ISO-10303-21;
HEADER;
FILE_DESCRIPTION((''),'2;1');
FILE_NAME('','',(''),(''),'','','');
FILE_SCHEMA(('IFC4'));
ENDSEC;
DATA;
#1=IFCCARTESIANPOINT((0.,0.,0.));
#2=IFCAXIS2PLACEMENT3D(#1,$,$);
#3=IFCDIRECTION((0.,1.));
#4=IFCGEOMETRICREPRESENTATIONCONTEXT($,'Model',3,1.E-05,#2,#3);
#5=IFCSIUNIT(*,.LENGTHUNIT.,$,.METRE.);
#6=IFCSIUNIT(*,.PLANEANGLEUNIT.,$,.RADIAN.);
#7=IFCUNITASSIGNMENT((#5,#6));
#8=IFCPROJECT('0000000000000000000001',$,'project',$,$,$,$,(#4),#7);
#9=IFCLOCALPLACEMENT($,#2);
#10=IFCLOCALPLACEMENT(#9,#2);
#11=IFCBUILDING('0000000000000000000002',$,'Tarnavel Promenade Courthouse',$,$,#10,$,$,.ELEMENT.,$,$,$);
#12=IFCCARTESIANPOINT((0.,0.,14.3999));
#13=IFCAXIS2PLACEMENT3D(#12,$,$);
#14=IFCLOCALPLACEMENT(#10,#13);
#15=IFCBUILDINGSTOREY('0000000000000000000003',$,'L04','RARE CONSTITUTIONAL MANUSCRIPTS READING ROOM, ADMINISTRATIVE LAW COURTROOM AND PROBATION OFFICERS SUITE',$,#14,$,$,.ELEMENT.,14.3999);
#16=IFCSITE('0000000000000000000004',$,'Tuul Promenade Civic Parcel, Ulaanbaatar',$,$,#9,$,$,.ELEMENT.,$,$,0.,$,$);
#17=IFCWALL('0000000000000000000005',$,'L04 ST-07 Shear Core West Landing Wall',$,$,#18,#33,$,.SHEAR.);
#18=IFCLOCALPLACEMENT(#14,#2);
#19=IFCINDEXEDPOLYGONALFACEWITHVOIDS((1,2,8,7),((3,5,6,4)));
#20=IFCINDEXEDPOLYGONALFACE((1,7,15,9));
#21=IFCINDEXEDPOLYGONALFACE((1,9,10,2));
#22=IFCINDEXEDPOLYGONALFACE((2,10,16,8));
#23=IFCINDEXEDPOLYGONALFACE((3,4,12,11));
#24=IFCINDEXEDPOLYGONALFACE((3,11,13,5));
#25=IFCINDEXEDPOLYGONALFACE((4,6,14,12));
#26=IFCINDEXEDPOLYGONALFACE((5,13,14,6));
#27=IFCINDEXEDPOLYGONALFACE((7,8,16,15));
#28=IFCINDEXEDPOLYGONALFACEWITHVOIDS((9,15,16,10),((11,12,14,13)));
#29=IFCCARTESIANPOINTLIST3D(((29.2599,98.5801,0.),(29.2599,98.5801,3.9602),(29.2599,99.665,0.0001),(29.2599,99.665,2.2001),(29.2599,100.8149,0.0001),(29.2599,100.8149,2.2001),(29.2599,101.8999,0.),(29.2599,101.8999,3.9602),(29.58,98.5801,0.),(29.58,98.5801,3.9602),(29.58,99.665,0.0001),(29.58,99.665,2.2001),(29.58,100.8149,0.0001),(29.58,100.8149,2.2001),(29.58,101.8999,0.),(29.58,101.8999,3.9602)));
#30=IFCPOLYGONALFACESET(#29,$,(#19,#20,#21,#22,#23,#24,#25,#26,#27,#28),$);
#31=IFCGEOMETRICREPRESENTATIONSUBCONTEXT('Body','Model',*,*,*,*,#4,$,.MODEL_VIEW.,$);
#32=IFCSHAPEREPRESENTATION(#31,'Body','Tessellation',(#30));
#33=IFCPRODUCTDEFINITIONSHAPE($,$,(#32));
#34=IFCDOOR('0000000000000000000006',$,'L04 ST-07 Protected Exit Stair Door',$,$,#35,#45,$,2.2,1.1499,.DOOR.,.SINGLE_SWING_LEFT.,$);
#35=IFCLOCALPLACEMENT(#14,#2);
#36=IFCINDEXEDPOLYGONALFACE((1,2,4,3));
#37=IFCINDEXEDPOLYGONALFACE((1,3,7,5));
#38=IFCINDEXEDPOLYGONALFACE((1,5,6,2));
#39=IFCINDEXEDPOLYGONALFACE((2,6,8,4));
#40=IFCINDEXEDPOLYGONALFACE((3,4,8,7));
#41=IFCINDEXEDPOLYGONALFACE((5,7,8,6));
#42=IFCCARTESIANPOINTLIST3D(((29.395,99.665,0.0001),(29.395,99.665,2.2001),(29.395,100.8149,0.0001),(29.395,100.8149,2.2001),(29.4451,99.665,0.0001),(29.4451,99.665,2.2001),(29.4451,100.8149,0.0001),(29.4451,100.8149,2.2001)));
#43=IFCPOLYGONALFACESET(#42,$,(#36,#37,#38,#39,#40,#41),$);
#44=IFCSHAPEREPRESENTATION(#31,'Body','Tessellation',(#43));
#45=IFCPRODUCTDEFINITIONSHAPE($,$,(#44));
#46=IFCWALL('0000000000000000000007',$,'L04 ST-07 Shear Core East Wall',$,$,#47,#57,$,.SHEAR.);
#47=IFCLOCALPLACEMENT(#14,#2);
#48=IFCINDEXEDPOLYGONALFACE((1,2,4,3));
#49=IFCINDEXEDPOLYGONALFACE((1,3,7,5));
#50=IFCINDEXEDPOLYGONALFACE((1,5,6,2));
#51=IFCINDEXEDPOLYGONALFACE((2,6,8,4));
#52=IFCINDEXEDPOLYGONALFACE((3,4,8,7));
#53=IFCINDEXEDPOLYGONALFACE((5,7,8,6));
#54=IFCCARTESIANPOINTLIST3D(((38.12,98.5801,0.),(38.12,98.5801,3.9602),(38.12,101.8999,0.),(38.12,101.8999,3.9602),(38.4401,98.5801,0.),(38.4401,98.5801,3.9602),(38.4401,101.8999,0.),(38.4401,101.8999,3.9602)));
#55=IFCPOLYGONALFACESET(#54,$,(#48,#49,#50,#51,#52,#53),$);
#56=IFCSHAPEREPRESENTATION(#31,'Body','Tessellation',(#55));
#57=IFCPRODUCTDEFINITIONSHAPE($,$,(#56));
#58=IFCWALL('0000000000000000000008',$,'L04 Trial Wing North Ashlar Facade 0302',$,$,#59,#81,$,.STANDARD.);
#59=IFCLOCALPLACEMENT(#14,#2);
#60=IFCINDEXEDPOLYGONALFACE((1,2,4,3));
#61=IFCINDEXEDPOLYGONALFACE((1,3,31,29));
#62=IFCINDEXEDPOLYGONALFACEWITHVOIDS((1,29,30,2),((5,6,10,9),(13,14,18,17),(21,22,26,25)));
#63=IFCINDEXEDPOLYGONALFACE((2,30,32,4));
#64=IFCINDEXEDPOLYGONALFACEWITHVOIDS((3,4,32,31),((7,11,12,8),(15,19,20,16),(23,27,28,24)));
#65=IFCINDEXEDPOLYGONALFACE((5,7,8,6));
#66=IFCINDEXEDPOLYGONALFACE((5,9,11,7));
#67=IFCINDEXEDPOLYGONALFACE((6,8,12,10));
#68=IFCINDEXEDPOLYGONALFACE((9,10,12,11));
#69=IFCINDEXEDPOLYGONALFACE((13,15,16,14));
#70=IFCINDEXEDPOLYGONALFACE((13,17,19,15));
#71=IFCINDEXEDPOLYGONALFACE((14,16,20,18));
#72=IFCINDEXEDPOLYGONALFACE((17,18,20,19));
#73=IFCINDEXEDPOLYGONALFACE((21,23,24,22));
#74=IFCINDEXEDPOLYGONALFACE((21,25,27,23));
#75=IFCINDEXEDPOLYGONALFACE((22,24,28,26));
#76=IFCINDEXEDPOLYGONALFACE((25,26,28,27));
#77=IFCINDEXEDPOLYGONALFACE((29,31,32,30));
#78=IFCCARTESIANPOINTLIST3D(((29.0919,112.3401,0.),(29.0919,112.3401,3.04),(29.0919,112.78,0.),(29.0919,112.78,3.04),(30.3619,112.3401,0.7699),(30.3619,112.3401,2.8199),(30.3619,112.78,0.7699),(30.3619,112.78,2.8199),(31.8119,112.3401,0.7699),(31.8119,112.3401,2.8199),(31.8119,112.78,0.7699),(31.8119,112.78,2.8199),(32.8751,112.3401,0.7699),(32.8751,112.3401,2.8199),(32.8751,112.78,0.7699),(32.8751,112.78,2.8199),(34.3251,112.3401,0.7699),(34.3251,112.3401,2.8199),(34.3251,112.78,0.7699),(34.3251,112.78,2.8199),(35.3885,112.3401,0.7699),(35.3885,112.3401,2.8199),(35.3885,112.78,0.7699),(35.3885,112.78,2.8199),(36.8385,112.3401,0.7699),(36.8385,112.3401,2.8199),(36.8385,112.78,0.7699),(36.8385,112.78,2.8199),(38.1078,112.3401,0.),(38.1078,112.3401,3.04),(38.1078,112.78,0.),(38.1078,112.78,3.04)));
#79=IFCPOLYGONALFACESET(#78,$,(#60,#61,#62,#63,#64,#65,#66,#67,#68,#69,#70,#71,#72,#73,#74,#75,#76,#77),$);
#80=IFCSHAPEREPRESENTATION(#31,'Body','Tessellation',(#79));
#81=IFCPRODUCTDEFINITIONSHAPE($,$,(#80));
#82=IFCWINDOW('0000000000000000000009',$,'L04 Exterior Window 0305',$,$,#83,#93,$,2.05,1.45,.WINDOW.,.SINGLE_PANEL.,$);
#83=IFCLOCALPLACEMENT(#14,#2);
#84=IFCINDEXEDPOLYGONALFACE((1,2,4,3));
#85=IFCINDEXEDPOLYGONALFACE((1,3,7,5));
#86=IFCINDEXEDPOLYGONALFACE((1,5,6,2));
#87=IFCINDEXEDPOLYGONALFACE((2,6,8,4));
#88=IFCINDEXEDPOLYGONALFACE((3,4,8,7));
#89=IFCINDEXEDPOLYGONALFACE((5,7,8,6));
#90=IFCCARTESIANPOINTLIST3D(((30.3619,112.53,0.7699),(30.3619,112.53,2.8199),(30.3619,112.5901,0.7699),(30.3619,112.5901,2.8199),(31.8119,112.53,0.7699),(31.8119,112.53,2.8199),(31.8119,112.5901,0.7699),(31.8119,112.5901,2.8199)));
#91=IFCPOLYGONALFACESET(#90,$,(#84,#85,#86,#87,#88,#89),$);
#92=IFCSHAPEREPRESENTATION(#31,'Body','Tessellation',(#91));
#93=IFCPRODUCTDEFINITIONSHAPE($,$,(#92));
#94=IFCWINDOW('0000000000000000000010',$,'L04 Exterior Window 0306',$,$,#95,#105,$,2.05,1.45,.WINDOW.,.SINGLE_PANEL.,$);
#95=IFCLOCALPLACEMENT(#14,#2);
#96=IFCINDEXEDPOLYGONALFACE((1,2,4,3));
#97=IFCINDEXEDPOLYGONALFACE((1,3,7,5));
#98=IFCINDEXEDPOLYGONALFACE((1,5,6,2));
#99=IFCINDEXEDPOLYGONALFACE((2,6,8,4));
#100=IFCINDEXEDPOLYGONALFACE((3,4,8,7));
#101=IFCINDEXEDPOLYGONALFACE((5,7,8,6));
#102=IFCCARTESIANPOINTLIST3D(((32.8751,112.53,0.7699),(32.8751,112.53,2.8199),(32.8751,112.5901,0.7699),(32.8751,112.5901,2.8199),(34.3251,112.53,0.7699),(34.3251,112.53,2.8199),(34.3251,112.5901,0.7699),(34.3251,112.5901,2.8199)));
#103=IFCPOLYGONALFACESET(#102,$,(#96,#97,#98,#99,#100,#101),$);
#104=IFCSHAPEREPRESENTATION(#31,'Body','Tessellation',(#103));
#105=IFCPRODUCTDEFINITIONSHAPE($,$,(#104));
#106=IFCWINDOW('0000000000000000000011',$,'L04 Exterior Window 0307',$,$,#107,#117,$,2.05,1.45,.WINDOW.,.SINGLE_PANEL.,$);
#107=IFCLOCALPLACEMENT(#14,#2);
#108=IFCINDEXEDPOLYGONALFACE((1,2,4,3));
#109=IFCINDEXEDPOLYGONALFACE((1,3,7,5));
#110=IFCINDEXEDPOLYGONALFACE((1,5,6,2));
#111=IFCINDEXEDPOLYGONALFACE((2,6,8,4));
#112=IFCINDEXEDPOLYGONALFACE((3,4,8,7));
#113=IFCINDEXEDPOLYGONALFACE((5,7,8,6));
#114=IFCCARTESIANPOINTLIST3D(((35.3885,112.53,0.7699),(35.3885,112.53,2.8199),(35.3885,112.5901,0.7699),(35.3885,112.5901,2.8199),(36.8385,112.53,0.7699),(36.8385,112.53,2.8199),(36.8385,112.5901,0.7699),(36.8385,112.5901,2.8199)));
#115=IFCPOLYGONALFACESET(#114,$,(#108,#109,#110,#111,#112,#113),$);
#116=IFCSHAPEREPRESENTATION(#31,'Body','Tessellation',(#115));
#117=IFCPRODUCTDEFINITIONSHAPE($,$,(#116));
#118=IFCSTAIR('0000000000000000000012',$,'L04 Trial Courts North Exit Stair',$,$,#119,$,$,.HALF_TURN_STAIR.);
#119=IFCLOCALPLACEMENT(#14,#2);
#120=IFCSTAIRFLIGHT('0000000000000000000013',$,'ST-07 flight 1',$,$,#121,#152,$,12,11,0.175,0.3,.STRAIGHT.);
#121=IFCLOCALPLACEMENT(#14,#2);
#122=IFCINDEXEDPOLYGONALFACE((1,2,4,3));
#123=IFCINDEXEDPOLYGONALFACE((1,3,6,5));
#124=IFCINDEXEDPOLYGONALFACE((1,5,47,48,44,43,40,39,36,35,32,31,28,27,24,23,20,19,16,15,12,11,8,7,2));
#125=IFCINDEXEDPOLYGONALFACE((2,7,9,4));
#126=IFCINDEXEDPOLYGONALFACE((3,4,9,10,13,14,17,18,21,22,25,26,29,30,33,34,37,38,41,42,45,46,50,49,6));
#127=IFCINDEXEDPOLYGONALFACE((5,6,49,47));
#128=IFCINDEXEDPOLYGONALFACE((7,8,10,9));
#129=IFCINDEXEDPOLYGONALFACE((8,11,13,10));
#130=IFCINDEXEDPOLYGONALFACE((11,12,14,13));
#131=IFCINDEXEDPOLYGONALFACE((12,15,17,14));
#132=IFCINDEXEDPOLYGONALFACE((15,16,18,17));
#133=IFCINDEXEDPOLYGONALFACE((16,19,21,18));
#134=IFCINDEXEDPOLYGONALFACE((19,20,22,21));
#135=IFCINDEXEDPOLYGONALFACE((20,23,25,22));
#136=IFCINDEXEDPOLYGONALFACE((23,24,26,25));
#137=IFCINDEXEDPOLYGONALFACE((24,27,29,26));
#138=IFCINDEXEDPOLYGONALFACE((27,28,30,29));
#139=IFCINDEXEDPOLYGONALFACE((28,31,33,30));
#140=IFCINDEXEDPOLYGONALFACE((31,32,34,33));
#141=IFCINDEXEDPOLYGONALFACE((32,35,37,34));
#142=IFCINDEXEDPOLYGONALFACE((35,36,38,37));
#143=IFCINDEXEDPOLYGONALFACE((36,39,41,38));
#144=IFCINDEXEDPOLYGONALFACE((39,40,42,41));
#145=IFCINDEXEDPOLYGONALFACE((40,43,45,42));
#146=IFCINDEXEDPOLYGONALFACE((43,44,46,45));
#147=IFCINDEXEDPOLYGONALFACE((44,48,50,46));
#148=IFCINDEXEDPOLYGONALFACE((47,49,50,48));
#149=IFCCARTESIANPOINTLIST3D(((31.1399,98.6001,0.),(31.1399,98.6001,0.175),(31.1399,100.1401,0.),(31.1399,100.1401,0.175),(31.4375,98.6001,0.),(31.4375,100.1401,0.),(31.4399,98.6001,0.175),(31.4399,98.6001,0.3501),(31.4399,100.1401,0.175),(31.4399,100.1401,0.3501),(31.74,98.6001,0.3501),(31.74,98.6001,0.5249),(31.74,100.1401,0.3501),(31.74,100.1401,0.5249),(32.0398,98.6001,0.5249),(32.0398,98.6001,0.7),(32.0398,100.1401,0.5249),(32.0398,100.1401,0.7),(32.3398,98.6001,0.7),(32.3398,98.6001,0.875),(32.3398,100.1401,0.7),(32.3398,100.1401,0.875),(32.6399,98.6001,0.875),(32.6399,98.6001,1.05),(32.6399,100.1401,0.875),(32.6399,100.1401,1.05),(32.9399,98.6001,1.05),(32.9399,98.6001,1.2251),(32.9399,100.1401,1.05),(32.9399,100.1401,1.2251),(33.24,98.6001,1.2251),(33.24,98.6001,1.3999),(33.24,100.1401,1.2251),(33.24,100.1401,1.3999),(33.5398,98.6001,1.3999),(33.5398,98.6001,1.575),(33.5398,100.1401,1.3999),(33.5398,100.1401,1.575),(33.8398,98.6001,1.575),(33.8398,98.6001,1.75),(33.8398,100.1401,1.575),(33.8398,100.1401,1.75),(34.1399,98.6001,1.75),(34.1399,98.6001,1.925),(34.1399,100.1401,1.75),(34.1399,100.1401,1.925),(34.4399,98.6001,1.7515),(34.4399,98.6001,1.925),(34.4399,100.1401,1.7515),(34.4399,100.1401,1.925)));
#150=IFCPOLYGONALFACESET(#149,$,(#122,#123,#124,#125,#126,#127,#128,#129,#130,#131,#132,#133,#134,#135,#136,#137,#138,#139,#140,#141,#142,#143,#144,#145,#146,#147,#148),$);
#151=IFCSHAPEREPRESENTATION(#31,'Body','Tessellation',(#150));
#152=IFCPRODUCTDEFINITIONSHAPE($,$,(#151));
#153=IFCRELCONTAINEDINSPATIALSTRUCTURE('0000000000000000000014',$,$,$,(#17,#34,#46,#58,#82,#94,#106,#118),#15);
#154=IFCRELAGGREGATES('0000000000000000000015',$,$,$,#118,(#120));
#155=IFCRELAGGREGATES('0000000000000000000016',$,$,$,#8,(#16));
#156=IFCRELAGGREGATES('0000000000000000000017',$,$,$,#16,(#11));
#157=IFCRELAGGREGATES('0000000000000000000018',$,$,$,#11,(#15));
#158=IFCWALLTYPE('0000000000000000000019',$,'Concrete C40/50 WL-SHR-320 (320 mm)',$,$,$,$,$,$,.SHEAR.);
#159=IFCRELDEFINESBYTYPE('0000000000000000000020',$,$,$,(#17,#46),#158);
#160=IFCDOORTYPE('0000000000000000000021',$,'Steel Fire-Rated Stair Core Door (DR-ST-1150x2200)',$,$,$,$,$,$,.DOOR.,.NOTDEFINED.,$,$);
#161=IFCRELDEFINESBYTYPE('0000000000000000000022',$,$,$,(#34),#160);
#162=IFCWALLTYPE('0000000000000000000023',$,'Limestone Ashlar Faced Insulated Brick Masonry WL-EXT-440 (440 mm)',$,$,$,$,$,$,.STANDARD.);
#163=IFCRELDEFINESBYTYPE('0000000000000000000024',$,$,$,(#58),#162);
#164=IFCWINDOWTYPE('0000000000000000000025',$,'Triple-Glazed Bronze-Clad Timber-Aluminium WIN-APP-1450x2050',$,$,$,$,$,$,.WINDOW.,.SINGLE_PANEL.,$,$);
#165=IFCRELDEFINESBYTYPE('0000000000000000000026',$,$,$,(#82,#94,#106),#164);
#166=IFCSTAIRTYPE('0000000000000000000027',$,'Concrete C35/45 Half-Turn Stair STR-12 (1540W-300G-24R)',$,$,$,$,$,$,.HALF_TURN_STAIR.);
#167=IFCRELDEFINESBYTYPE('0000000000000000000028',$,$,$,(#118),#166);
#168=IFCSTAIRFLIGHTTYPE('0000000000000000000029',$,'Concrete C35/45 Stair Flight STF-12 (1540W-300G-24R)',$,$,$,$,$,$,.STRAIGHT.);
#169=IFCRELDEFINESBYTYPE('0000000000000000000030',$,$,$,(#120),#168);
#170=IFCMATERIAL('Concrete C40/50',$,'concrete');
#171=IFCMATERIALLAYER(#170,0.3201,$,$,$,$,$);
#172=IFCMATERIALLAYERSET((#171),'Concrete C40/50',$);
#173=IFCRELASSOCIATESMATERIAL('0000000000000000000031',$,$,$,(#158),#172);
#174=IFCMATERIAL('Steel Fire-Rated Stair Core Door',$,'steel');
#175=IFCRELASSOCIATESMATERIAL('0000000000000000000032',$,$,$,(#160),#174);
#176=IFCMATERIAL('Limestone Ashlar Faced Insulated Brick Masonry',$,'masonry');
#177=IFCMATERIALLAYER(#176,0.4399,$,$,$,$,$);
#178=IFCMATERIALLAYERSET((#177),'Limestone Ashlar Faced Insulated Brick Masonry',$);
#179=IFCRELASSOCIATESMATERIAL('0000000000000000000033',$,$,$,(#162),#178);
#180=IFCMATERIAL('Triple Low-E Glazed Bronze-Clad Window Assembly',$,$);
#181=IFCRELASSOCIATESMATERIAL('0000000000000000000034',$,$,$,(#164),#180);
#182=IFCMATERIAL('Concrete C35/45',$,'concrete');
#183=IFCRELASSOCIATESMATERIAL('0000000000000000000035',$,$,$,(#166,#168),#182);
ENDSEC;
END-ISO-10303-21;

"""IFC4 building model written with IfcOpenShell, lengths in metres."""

from ifc_helpers import new_model, si_unit, direction, frame, frame_2d, origin, place, context, subcontext, project, spatial, polyline, rectangle, outline, extrude, material, layer, layer_set, type_object, element, fill, aggregate, save


model = new_model("IFC4")

# Units and contexts
model_context = context("Model", 3, precision=1e-05, world=origin(), true_north=direction((0.0, 1.0)))
body_context = subcontext(model_context, "Body", "Model", "MODEL_VIEW")
ifc_project = project(units=[si_unit("LENGTHUNIT", "METRE"), si_unit("PLANEANGLEUNIT", "RADIAN")], contexts=[model_context])

# Site, building, storey
site_placement = place(None, origin())
site = spatial("IfcSite", under=ifc_project, at=site_placement, Name="Tuul Promenade Civic Parcel, Ulaanbaatar", CompositionType="ELEMENT", RefElevation=0.0)
building_placement = place(site_placement, origin())
building = spatial("IfcBuilding", under=site, at=building_placement, Name="Tarnavel Promenade Courthouse", CompositionType="ELEMENT")
storey_placement = place(building_placement, frame((0.0, 0.0, 14.3999)))
storey = spatial("IfcBuildingStorey", under=building, at=storey_placement, Name="L04", Description="RARE CONSTITUTIONAL MANUSCRIPTS READING ROOM, ADMINISTRATIVE LAW COURTROOM AND PROBATION OFFICERS SUITE", CompositionType="ELEMENT", Elevation=14.3999)

# Shared definitions
ifc_material_1 = material(Name="Concrete C40/50", Category="concrete")

# Shared definitions
ifc_layer_1 = layer(ifc_material_1, 0.3201)
ifc_layer_set_1 = layer_set([ifc_layer_1], Name="Concrete C40/50")
wall_type_1 = type_object("IfcWallType", Name="Concrete C40/50 WL-SHR-320 (320 mm)", PredefinedType="SHEAR", material=ifc_layer_set_1)

# Wall, opening, door
wall_1_placement = place(storey_placement, frame((29.4199, 98.5801, 0.0), z_axis=(0.0, 0.0, 1.0), x_axis=(0.0, 1.0, 0.0)))
wall_1 = element("IfcWall", 1, at=wall_1_placement, inside=storey, type_object=wall_type_1, Name="L04 ST-07 Shear Core West Landing Wall", PredefinedType="SHEAR", context=body_context, shape_type="SweptSolid", body=[
    extrude(rectangle(XDim=3.3198, YDim=0.3201, at=frame_2d((1.6599, 0.0))), origin(), (0.0, 0.0, 1.0), 3.9602),
])
opening_1_placement = place(wall_1_placement, frame((1.085, 0.0, 0.0)))
opening_1 = element("IfcOpeningElement", 2, at=opening_1_placement, cuts=wall_1, PredefinedType="OPENING", context=body_context, shape_type="SweptSolid", body=[
    extrude(rectangle(XDim=1.1499, YDim=2.2, at=frame_2d((0.575, 1.1001))), frame((0.0, 0.1699, 0.0), z_axis=(0.0, -1.0, 0.0), x_axis=(1.0, 0.0, 0.0)), (0.0, 0.0, 1.0), 0.3401),
])
ifc_material_2 = material(Name="Steel Fire-Rated Stair Core Door", Category="steel")
door_type_1 = type_object("IfcDoorType", Name="Steel Fire-Rated Stair Core Door (DR-ST-1150x2200)", OperationType="NOTDEFINED", PredefinedType="DOOR", material=ifc_material_2)
door_1_placement = place(opening_1_placement, origin())
door_1 = element("IfcDoor", 3, at=door_1_placement, inside=storey, type_object=door_type_1, Name="L04 ST-07 Protected Exit Stair Door", OperationType="SINGLE_SWING_LEFT", OverallHeight=2.2, OverallWidth=1.1499, PredefinedType="DOOR", context=body_context, shape_type="SweptSolid", body=[
    extrude(rectangle(XDim=1.1499, YDim=2.2, at=frame_2d((0.575, 1.1001))), frame((0.0, 0.0249, 0.0), z_axis=(0.0, -1.0, 0.0), x_axis=(1.0, 0.0, 0.0)), (0.0, 0.0, 1.0), 0.05),
])
fill(opening_1, door_1)

# Wall
wall_2_placement = place(storey_placement, frame((38.28, 101.8999, 0.0), z_axis=(0.0, 0.0, 1.0), x_axis=(0.0, -1.0, 0.0)))
element("IfcWall", 4, at=wall_2_placement, inside=storey, type_object=wall_type_1, Name="L04 ST-07 Shear Core East Wall", PredefinedType="SHEAR", context=body_context, shape_type="SweptSolid", body=[
    extrude(rectangle(XDim=3.3198, YDim=0.3201, at=frame_2d((1.6599, 0.0))), origin(), (0.0, 0.0, 1.0), 3.9602),
])

# Wall, openings, windows
ifc_material_3 = material(Name="Limestone Ashlar Faced Insulated Brick Masonry", Category="masonry")
ifc_layer_2 = layer(ifc_material_3, 0.4399)
ifc_layer_set_2 = layer_set([ifc_layer_2], Name="Limestone Ashlar Faced Insulated Brick Masonry")
wall_type_2 = type_object("IfcWallType", Name="Limestone Ashlar Faced Insulated Brick Masonry WL-EXT-440 (440 mm)", PredefinedType="STANDARD", material=ifc_layer_set_2)
wall_3_placement = place(storey_placement, frame((29.092, 112.5601, 0.0), z_axis=(0.0, 0.0, 1.0), x_axis=(1.0, 0.0, 0.0)))
wall_3 = element("IfcWall", 5, at=wall_3_placement, inside=storey, type_object=wall_type_2, Name="L04 Trial Wing North Ashlar Facade 0302", PredefinedType="STANDARD", context=body_context, shape_type="SweptSolid", body=[
    extrude(rectangle(XDim=9.0159, YDim=0.4399, at=frame_2d((4.5078, 0.0))), origin(), (0.0, 0.0, 1.0), 3.04),
])
opening_2_placement = place(wall_3_placement, frame((1.2698, 0.0, 0.77)))
opening_2 = element("IfcOpeningElement", 6, at=opening_2_placement, cuts=wall_3, PredefinedType="OPENING", context=body_context, shape_type="SweptSolid", body=[
    extrude(rectangle(XDim=1.45, YDim=2.05, at=frame_2d((0.7251, 1.0249))), frame((0.0, 0.23, 0.0), z_axis=(0.0, -1.0, 0.0), x_axis=(1.0, 0.0, 0.0)), (0.0, 0.0, 1.0), 0.46),
])
opening_3_placement = place(wall_3_placement, frame((3.783, 0.0, 0.77)))
opening_3 = element("IfcOpeningElement", 7, at=opening_3_placement, cuts=wall_3, PredefinedType="OPENING", context=body_context, shape_type="SweptSolid", body=[
    extrude(rectangle(XDim=1.45, YDim=2.05, at=frame_2d((0.7251, 1.0249))), frame((0.0, 0.23, 0.0), z_axis=(0.0, -1.0, 0.0), x_axis=(1.0, 0.0, 0.0)), (0.0, 0.0, 1.0), 0.46),
])
opening_4_placement = place(wall_3_placement, frame((6.2964, 0.0, 0.77)))
opening_4 = element("IfcOpeningElement", 8, at=opening_4_placement, cuts=wall_3, PredefinedType="OPENING", context=body_context, shape_type="SweptSolid", body=[
    extrude(rectangle(XDim=1.45, YDim=2.05, at=frame_2d((0.7251, 1.0249))), frame((0.0, 0.23, 0.0), z_axis=(0.0, -1.0, 0.0), x_axis=(1.0, 0.0, 0.0)), (0.0, 0.0, 1.0), 0.46),
])
ifc_material_4 = material(Name="Triple Low-E Glazed Bronze-Clad Window Assembly")
window_type = type_object("IfcWindowType", Name="Triple-Glazed Bronze-Clad Timber-Aluminium WIN-APP-1450x2050", PartitioningType="SINGLE_PANEL", PredefinedType="WINDOW", material=ifc_material_4)
window_1_placement = place(opening_2_placement, origin())
window_1 = element("IfcWindow", 9, at=window_1_placement, inside=storey, type_object=window_type, Name="L04 Exterior Window 0305", OverallHeight=2.05, OverallWidth=1.45, PartitioningType="SINGLE_PANEL", PredefinedType="WINDOW", context=body_context, shape_type="SweptSolid", body=[
    extrude(rectangle(XDim=1.45, YDim=2.05, at=frame_2d((0.7251, 1.0249))), frame((0.0, 0.03, 0.0), z_axis=(0.0, -1.0, 0.0), x_axis=(1.0, 0.0, 0.0)), (0.0, 0.0, 1.0), 0.0601),
])
fill(opening_2, window_1)
window_2_placement = place(opening_3_placement, origin())
window_2 = element("IfcWindow", 10, at=window_2_placement, inside=storey, type_object=window_type, Name="L04 Exterior Window 0306", OverallHeight=2.05, OverallWidth=1.45, PartitioningType="SINGLE_PANEL", PredefinedType="WINDOW", context=body_context, shape_type="SweptSolid", body=[
    extrude(rectangle(XDim=1.45, YDim=2.05, at=frame_2d((0.7251, 1.0249))), frame((0.0, 0.03, 0.0), z_axis=(0.0, -1.0, 0.0), x_axis=(1.0, 0.0, 0.0)), (0.0, 0.0, 1.0), 0.0601),
])
fill(opening_3, window_2)
window_3_placement = place(opening_4_placement, origin())
window_3 = element("IfcWindow", 11, at=window_3_placement, inside=storey, type_object=window_type, Name="L04 Exterior Window 0307", OverallHeight=2.05, OverallWidth=1.45, PartitioningType="SINGLE_PANEL", PredefinedType="WINDOW", context=body_context, shape_type="SweptSolid", body=[
    extrude(rectangle(XDim=1.45, YDim=2.05, at=frame_2d((0.7251, 1.0249))), frame((0.0, 0.03, 0.0), z_axis=(0.0, -1.0, 0.0), x_axis=(1.0, 0.0, 0.0)), (0.0, 0.0, 1.0), 0.0601),
])
fill(opening_4, window_3)

# Stair, stair flight
ifc_material_5 = material(Name="Concrete C35/45", Category="concrete")
stair_type = type_object("IfcStairType", Name="Concrete C35/45 Half-Turn Stair STR-12 (1540W-300G-24R)", PredefinedType="HALF_TURN_STAIR", material=ifc_material_5)
stair_placement = place(storey_placement, origin())
stair = element("IfcStair", 12, at=stair_placement, inside=storey, type_object=stair_type, Name="L04 Trial Courts North Exit Stair", PredefinedType="HALF_TURN_STAIR")
stair_flight_type = type_object("IfcStairFlightType", Name="Concrete C35/45 Stair Flight STF-12 (1540W-300G-24R)", PredefinedType="STRAIGHT", material=ifc_material_5)
stair_flight_1_placement = place(storey_placement, frame((31.1399, 99.3701, 0.0), z_axis=(0.0, 0.0, 1.0), x_axis=(1.0, 0.0, 0.0)))
stair_flight_1 = element("IfcStairFlight", 13, at=stair_flight_1_placement, type_object=stair_flight_type, Name="ST-07 flight 1", NumberOfRisers=12, NumberOfTreads=11, PredefinedType="STRAIGHT", RiserHeight=0.175, TreadLength=0.3, context=body_context, shape_type="SweptSolid", body=[
    extrude(outline(polyline([(0.0, 0.0), (0.0, 0.175), (0.3, 0.175), (0.3, 0.3501), (0.6001, 0.3501), (0.6001, 0.5249), (0.8999, 0.5249), (0.8999, 0.7), (1.2, 0.7), (1.2, 0.875), (1.5, 0.875), (1.5, 1.05), (1.8, 1.05), (1.8, 1.2251), (2.1001, 1.2251), (2.1001, 1.3999), (2.3999, 1.3999), (2.3999, 1.575), (2.7, 1.575), (2.7, 1.75), (3.0, 1.75), (3.0, 1.925), (3.3, 1.925), (3.3, 2.1001), (3.3, 1.7515), (0.2976, 0.0), (0.0, 0.0)])), frame((0.0, 0.77, 0.0), z_axis=(0.0, -1.0, 0.0), x_axis=(1.0, 0.0, 0.0)), (0.0, 0.0, 1.0), 1.54),
])
aggregate(stair, [stair_flight_1])

save(model, "model.ifc")
